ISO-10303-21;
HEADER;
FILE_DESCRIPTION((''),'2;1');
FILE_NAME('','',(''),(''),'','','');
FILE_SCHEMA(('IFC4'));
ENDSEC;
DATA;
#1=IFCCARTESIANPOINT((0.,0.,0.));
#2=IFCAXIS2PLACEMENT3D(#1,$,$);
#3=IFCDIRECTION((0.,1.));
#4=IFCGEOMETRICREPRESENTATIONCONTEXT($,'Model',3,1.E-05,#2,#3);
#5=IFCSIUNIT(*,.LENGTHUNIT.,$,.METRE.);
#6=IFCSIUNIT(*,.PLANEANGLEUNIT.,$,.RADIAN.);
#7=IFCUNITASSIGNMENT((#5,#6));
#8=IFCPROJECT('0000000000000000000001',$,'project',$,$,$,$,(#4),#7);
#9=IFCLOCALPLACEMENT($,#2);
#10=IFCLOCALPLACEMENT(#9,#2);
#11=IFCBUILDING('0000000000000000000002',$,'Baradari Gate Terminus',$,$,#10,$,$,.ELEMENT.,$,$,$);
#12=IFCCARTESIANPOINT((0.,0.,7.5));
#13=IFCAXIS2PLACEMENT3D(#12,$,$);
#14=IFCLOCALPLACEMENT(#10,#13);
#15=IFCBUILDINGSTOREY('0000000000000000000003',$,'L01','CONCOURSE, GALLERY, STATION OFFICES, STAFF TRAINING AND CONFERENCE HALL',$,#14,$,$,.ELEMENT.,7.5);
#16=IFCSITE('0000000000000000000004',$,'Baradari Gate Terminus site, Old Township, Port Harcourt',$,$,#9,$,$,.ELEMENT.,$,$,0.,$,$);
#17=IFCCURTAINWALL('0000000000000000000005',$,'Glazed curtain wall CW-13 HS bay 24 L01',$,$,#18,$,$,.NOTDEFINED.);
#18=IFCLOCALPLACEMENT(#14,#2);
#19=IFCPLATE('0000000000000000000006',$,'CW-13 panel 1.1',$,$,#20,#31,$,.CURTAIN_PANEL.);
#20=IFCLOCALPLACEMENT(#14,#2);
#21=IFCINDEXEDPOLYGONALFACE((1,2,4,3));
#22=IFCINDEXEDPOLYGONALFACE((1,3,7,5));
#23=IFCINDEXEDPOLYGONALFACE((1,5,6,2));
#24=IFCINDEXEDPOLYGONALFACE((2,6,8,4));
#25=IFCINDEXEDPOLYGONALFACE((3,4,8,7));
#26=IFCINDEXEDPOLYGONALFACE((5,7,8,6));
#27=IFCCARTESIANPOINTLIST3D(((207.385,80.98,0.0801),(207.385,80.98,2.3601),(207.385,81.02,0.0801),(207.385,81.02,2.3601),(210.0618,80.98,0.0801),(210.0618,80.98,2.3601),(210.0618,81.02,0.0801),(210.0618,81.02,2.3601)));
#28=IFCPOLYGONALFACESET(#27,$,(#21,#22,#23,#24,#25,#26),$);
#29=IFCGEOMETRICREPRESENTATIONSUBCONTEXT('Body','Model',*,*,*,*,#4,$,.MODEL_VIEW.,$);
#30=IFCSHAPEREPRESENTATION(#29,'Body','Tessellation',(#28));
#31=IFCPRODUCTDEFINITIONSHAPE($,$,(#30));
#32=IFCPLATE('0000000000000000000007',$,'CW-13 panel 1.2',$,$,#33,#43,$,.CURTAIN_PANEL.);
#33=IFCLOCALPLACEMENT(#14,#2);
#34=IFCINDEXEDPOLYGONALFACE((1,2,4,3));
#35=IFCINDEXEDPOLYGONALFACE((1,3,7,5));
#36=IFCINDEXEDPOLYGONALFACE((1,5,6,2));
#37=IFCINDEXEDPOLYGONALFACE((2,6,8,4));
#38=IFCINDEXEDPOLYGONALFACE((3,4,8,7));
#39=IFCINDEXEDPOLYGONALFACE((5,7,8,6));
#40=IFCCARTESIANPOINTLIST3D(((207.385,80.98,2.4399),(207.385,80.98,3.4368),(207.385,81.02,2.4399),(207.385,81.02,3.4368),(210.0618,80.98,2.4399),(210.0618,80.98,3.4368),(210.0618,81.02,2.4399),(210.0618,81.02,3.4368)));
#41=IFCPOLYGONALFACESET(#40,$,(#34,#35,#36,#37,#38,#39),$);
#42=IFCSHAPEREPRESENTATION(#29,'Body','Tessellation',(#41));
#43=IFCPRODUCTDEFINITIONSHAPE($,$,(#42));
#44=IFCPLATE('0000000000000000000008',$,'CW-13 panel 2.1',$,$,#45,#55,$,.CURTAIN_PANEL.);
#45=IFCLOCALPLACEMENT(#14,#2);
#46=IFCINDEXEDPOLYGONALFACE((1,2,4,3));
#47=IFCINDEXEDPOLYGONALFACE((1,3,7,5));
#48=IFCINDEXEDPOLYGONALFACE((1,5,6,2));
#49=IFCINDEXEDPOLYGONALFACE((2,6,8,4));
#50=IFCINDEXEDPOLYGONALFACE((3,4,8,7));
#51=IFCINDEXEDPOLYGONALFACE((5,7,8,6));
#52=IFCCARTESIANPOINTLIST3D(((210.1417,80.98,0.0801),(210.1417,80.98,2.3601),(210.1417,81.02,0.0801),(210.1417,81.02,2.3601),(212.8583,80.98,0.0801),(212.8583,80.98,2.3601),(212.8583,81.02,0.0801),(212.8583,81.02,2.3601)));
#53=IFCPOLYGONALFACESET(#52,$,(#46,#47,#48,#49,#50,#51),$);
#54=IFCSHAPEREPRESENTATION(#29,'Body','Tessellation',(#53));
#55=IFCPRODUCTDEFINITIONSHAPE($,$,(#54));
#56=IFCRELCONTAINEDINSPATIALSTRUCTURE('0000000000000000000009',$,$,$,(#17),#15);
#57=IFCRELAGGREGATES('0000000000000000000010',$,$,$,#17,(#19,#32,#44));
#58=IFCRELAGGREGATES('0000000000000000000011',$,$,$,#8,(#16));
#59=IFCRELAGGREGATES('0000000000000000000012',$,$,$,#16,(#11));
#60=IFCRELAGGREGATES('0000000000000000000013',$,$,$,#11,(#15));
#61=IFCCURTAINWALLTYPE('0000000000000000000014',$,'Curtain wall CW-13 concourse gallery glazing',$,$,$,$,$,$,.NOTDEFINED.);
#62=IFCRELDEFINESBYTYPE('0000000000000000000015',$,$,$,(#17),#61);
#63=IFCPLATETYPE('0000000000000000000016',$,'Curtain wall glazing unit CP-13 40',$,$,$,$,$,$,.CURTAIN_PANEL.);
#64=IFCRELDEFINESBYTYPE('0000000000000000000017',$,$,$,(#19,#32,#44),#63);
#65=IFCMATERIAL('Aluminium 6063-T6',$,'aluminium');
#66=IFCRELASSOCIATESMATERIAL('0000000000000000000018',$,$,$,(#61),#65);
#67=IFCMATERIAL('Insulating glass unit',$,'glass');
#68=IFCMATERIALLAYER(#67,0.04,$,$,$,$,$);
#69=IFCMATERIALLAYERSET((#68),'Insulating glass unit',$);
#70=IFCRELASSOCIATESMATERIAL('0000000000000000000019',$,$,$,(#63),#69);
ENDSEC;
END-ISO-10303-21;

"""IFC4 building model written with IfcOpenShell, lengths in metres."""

from ifc_helpers import new_model, si_unit, direction, frame, origin, origin_2d, place, context, subcontext, project, spatial, rectangle, extrude, material, layer, layer_set, type_object, element, aggregate, save


model = new_model("IFC4")

# Units and contexts
model_context = context("Model", 3, precision=1e-05, world=origin(), true_north=direction((0.0, 1.0)))
body_context = subcontext(model_context, "Body", "Model", "MODEL_VIEW")
ifc_project = project(units=[si_unit("LENGTHUNIT", "METRE"), si_unit("PLANEANGLEUNIT", "RADIAN")], contexts=[model_context])

# Site, building, storey
site_placement = place(None, origin())
site = spatial("IfcSite", under=ifc_project, at=site_placement, Name="Baradari Gate Terminus site, Old Township, Port Harcourt", CompositionType="ELEMENT", RefElevation=0.0)
building_placement = place(site_placement, origin())
building = spatial("IfcBuilding", under=site, at=building_placement, Name="Baradari Gate Terminus", CompositionType="ELEMENT")
storey_placement = place(building_placement, frame((0.0, 0.0, 7.5)))
storey = spatial("IfcBuildingStorey", under=building, at=storey_placement, Name="L01", Description="CONCOURSE, GALLERY, STATION OFFICES, STAFF TRAINING AND CONFERENCE HALL", CompositionType="ELEMENT", Elevation=7.5)

# Curtain wall
ifc_material_1 = material(Name="Aluminium 6063-T6", Category="aluminium")
curtain_wall_type = type_object("IfcCurtainWallType", Name="Curtain wall CW-13 concourse gallery glazing", PredefinedType="NOTDEFINED", material=ifc_material_1)
curtain_wall_1_placement = place(storey_placement, origin())
curtain_wall_1 = element("IfcCurtainWall", 1, at=curtain_wall_1_placement, inside=storey, type_object=curtain_wall_type, Name="Glazed curtain wall CW-13 HS bay 24 L01", PredefinedType="NOTDEFINED")

# Plates
ifc_material_2 = material(Name="Insulating glass unit", Category="glass")
ifc_layer = layer(ifc_material_2, 0.04)
ifc_layer_set = layer_set([ifc_layer], Name="Insulating glass unit")
plate_type = type_object("IfcPlateType", Name="Curtain wall glazing unit CP-13 40", PredefinedType="CURTAIN_PANEL", material=ifc_layer_set)
plate_1_placement = place(storey_placement, frame((208.7234, 81.0, 0.0801), z_axis=(0.0, 0.0, 1.0), x_axis=(1.0, 0.0, 0.0)))
plate_1 = element("IfcPlate", 2, at=plate_1_placement, type_object=plate_type, Name="CW-13 panel 1.1", PredefinedType="CURTAIN_PANEL", context=body_context, shape_type="SweptSolid", body=[
    extrude(rectangle(XDim=2.6768, YDim=0.04, at=origin_2d()), origin(), (0.0, 0.0, 1.0), 2.28),
])
plate_2_placement = place(storey_placement, frame((208.7234, 81.0, 2.4399), z_axis=(0.0, 0.0, 1.0), x_axis=(1.0, 0.0, 0.0)))
plate_2 = element("IfcPlate", 3, at=plate_2_placement, type_object=plate_type, Name="CW-13 panel 1.2", PredefinedType="CURTAIN_PANEL", context=body_context, shape_type="SweptSolid", body=[
    extrude(rectangle(XDim=2.6768, YDim=0.04, at=origin_2d()), origin(), (0.0, 0.0, 1.0), 0.9968),
])
plate_3_placement = place(storey_placement, frame((211.5, 81.0, 0.0801), z_axis=(0.0, 0.0, 1.0), x_axis=(1.0, 0.0, 0.0)))
plate_3 = element("IfcPlate", 4, at=plate_3_placement, type_object=plate_type, Name="CW-13 panel 2.1", PredefinedType="CURTAIN_PANEL", context=body_context, shape_type="SweptSolid", body=[
    extrude(rectangle(XDim=2.7166, YDim=0.04, at=origin_2d()), origin(), (0.0, 0.0, 1.0), 2.28),
])
aggregate(curtain_wall_1, [plate_1, plate_2, plate_3])

save(model, "model.ifc")
